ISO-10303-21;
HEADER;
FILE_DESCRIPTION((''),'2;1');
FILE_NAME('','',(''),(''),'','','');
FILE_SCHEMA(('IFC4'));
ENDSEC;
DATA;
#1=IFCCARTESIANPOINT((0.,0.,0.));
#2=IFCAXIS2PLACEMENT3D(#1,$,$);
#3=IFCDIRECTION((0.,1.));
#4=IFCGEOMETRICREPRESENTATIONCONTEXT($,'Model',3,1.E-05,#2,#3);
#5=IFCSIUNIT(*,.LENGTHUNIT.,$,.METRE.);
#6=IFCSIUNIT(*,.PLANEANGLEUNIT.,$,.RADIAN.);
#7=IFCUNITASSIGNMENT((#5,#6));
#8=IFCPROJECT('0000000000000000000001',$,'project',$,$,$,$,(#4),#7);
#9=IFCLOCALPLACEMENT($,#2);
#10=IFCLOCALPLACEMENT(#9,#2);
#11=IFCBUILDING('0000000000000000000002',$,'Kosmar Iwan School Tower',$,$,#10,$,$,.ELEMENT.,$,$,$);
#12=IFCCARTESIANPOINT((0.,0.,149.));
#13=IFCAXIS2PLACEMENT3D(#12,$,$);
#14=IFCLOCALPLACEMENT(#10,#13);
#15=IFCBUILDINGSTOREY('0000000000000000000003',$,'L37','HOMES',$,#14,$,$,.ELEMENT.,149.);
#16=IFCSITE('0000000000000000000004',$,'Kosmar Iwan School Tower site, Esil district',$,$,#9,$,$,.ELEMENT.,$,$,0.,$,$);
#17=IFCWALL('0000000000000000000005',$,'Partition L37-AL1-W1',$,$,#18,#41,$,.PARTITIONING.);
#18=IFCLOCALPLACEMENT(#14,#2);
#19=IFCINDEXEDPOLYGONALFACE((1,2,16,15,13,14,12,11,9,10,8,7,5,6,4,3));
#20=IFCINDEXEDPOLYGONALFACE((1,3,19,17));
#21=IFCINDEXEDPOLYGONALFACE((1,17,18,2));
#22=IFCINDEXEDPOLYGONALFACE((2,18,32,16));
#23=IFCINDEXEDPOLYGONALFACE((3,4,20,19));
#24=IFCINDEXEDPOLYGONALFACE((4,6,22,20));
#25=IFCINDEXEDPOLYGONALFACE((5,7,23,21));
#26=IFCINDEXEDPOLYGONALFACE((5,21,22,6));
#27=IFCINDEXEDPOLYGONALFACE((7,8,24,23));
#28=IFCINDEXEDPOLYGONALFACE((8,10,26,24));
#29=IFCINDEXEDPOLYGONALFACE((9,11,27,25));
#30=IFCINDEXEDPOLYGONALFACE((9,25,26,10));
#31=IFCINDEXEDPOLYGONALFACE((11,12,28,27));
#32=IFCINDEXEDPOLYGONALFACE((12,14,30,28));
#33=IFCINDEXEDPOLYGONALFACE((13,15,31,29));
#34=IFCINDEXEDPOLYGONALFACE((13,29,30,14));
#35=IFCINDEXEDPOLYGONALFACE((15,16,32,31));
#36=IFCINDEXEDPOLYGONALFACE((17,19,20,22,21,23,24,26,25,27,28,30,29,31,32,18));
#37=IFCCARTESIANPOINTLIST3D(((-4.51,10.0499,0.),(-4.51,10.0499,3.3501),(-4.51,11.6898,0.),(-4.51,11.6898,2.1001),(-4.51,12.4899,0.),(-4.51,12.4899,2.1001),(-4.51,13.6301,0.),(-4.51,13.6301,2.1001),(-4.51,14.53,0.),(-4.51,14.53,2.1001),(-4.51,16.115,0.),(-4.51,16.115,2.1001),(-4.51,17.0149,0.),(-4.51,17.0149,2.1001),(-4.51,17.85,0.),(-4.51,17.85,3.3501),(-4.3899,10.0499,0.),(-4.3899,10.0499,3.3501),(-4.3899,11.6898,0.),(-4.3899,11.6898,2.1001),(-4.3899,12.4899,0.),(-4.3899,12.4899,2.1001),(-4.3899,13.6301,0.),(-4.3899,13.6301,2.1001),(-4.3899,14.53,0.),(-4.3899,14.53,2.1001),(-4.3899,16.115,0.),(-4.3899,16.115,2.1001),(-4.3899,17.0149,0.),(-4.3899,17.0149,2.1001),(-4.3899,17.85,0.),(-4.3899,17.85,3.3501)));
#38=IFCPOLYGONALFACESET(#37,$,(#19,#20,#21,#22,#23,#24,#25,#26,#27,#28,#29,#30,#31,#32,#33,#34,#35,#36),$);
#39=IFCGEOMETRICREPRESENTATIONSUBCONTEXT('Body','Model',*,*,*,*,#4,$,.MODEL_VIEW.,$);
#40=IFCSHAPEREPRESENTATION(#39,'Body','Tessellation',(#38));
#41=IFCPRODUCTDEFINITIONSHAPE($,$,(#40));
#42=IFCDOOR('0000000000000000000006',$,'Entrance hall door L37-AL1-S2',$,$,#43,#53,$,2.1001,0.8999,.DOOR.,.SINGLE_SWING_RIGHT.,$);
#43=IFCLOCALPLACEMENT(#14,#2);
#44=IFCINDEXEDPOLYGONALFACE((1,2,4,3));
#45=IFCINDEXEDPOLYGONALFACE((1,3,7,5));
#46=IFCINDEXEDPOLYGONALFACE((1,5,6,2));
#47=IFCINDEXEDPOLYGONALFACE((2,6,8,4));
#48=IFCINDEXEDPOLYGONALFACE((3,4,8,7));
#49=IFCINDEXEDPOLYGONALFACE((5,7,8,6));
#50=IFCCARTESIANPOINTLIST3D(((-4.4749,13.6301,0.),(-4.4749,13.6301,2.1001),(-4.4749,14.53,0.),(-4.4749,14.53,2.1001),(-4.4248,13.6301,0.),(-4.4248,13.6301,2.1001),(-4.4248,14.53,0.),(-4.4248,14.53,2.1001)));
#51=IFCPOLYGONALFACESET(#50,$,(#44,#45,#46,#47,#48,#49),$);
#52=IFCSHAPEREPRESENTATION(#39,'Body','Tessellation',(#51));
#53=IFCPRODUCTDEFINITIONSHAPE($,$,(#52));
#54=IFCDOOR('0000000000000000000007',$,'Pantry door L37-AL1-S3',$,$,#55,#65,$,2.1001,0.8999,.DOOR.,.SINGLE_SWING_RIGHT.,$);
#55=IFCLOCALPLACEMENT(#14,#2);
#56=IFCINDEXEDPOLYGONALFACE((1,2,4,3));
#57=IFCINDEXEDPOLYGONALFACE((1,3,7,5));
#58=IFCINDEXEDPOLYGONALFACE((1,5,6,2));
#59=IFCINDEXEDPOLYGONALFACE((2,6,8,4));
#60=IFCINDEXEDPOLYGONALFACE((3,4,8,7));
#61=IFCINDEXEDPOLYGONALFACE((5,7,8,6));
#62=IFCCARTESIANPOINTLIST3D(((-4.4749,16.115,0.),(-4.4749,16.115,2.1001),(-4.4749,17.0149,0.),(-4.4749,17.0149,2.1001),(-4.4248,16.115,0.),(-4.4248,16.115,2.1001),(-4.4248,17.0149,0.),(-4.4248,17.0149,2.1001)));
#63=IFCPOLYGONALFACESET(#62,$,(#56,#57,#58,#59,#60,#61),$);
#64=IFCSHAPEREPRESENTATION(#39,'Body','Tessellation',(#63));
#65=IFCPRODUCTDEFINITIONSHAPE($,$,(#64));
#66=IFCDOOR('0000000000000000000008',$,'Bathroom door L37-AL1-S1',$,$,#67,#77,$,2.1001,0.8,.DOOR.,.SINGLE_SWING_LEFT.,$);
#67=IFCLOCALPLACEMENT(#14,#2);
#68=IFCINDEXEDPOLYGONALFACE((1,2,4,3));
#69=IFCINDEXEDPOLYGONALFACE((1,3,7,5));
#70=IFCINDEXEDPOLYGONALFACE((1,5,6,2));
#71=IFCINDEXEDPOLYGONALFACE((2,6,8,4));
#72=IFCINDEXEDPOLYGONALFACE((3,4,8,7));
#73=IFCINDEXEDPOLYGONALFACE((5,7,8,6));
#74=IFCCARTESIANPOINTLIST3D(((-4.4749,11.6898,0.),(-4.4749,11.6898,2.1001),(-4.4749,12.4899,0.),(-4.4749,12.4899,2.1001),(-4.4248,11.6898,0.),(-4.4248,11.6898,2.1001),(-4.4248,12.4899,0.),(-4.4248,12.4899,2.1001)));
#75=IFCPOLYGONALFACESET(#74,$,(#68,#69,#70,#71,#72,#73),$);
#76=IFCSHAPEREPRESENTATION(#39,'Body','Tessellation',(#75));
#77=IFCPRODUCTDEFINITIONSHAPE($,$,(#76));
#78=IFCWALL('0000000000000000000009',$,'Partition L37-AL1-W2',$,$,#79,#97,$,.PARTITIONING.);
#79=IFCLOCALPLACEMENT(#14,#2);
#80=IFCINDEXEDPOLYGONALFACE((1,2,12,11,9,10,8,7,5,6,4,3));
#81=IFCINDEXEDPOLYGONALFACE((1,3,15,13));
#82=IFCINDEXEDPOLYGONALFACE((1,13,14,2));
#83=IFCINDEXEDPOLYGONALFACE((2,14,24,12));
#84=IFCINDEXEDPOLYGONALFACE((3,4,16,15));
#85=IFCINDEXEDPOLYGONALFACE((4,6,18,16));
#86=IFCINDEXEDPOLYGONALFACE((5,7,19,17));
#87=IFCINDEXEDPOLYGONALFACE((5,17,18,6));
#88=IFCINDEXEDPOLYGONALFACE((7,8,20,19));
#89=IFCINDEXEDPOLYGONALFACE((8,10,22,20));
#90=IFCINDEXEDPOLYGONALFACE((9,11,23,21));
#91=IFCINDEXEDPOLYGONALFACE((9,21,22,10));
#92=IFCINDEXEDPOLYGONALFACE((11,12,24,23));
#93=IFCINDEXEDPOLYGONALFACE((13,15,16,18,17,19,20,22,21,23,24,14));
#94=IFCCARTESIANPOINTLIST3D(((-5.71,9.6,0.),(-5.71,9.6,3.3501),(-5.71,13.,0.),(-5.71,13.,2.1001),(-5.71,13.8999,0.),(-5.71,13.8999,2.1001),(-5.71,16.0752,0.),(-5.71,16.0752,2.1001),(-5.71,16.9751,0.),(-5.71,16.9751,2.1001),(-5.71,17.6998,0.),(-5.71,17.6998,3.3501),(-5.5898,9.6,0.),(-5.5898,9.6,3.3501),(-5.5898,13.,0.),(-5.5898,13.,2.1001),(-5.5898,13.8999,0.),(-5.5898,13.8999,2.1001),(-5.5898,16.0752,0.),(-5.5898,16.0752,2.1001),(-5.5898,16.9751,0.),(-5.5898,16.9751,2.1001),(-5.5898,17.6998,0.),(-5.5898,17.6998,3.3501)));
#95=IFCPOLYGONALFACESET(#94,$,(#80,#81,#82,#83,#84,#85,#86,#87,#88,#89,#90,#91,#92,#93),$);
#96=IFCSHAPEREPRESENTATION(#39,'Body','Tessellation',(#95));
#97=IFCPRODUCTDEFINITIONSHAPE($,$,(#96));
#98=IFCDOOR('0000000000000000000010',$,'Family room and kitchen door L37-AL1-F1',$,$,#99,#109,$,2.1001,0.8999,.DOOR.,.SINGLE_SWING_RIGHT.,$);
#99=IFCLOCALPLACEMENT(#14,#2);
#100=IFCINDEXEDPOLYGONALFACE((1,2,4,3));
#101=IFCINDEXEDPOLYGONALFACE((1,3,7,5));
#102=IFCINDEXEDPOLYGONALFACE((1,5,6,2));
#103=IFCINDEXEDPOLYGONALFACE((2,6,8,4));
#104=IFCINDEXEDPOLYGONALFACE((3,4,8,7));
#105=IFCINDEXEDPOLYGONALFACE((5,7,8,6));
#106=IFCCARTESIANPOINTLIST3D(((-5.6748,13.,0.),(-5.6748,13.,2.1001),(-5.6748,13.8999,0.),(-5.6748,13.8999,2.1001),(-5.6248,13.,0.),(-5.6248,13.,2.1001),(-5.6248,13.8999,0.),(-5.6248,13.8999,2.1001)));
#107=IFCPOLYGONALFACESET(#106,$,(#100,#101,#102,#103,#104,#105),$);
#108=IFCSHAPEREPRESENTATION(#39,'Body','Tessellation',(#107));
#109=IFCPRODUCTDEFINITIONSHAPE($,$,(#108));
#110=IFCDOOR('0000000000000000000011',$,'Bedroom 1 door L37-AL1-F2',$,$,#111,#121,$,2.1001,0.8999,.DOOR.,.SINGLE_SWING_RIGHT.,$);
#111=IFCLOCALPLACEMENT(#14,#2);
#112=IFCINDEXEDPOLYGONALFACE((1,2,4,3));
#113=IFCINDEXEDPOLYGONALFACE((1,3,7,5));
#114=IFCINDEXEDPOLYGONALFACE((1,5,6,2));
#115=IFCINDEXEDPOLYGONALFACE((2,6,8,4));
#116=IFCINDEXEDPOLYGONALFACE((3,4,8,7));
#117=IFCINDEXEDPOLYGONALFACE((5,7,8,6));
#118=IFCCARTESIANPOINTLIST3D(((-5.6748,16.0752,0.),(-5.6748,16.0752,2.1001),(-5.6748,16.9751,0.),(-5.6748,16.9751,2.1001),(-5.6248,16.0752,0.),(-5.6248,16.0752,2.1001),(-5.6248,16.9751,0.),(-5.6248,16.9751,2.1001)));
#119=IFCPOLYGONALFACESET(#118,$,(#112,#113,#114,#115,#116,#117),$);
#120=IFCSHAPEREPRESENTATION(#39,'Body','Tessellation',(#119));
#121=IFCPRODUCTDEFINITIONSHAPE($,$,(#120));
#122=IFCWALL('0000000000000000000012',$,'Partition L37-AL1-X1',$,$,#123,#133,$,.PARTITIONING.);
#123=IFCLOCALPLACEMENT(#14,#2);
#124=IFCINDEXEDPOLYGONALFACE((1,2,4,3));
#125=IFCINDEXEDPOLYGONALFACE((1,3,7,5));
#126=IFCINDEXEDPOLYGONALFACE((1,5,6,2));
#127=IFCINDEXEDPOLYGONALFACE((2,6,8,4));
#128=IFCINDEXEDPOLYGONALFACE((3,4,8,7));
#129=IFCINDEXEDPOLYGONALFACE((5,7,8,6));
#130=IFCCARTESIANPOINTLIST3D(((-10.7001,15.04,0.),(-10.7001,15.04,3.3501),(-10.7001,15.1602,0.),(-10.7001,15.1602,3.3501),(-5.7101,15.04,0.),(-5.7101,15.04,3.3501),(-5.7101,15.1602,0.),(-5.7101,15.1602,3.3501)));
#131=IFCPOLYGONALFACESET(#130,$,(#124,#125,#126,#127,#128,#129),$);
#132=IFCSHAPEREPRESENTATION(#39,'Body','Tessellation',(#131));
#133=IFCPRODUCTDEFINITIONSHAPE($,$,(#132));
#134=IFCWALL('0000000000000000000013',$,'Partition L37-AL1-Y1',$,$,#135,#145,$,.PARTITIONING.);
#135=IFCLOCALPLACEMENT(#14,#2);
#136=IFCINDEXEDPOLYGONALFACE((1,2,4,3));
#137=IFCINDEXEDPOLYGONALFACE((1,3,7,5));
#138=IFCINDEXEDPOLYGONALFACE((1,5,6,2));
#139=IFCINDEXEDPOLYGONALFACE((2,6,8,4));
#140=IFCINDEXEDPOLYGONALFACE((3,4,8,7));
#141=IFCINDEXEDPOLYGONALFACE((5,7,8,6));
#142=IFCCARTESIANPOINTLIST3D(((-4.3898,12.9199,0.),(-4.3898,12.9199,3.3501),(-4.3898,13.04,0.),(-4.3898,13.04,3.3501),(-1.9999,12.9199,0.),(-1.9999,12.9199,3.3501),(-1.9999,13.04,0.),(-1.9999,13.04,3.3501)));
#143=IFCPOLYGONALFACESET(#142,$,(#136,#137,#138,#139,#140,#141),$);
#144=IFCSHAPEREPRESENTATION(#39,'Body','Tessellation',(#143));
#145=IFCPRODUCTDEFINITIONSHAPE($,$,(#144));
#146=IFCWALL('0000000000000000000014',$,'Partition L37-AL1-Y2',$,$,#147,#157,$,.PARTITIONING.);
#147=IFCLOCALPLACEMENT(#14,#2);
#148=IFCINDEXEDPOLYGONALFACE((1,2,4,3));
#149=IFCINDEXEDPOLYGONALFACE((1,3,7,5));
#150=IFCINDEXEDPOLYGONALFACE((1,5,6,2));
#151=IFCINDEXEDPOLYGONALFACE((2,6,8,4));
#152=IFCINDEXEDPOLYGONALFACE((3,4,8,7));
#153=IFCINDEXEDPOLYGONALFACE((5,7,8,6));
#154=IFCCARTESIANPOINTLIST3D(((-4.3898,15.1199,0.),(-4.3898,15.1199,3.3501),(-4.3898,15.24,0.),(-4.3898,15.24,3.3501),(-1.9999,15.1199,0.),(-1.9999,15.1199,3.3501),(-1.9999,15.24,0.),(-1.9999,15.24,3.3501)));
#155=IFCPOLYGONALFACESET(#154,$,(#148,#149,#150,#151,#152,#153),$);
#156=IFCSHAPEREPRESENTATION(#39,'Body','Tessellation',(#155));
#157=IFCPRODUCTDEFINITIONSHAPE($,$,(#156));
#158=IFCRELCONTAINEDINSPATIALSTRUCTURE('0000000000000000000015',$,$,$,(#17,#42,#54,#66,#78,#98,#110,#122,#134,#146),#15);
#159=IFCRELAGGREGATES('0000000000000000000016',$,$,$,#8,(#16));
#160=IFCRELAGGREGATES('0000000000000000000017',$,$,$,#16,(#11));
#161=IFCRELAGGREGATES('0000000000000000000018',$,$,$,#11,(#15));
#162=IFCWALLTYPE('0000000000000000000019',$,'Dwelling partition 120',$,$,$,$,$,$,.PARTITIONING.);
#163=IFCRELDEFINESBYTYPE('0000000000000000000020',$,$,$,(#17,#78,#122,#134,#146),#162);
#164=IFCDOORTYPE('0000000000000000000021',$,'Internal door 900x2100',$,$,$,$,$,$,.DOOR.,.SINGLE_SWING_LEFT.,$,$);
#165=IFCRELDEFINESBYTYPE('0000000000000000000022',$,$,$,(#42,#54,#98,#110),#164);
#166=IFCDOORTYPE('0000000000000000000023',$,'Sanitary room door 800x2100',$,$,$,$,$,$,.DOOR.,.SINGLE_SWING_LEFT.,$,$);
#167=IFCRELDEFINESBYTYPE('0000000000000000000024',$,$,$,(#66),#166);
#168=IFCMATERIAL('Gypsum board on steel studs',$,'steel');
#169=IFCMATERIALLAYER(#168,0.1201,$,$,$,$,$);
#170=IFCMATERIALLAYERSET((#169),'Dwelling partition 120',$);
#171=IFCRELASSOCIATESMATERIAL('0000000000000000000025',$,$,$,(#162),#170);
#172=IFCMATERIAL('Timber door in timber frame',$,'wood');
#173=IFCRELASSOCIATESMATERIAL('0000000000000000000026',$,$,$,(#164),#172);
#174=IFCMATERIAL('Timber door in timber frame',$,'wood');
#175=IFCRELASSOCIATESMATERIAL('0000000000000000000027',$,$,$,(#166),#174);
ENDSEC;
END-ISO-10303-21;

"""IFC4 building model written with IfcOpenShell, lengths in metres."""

from ifc_helpers import new_model, si_unit, direction, frame, frame_2d, origin, place, context, subcontext, project, spatial, rectangle, extrude, material, layer, layer_set, type_object, element, fill, save


model = new_model("IFC4")

# Units and contexts
model_context = context("Model", 3, precision=1e-05, world=origin(), true_north=direction((0.0, 1.0)))
body_context = subcontext(model_context, "Body", "Model", "MODEL_VIEW")
ifc_project = project(units=[si_unit("LENGTHUNIT", "METRE"), si_unit("PLANEANGLEUNIT", "RADIAN")], contexts=[model_context])

# Site, building, storey
site_placement = place(None, origin())
site = spatial("IfcSite", under=ifc_project, at=site_placement, Name="Kosmar Iwan School Tower site, Esil district", CompositionType="ELEMENT", RefElevation=0.0)
building_placement = place(site_placement, origin())
building = spatial("IfcBuilding", under=site, at=building_placement, Name="Kosmar Iwan School Tower", CompositionType="ELEMENT")
storey_placement = place(building_placement, frame((0.0, 0.0, 149.0)))
storey = spatial("IfcBuildingStorey", under=building, at=storey_placement, Name="L37", Description="HOMES", CompositionType="ELEMENT", Elevation=149.0)

# Walls, openings, doors
ifc_material_1 = material(Name="Gypsum board on steel studs", Category="steel")
ifc_layer_1 = layer(ifc_material_1, 0.1201)
ifc_layer_set_1 = layer_set([ifc_layer_1], Name="Dwelling partition 120")
wall_type_1 = type_object("IfcWallType", Name="Dwelling partition 120", PredefinedType="PARTITIONING", material=ifc_layer_set_1)
wall_1_placement = place(storey_placement, frame((-4.45, 10.05, 0.0), z_axis=(0.0, 0.0, 1.0), x_axis=(0.0, 1.0, 0.0)))
wall_1 = element("IfcWall", 1, at=wall_1_placement, inside=storey, type_object=wall_type_1, Name="Partition L37-AL1-W1", PredefinedType="PARTITIONING", context=body_context, shape_type="SweptSolid", body=[
    extrude(rectangle(XDim=7.8, YDim=0.1201, at=frame_2d((3.8999, 0.0))), origin(), (0.0, 0.0, 1.0), 3.3501),
])
opening_1_placement = place(wall_1_placement, frame((1.6399, 0.0, 0.0)))
opening_1 = element("IfcOpeningElement", 2, at=opening_1_placement, cuts=wall_1, PredefinedType="OPENING", context=body_context, shape_type="SweptSolid", body=[
    extrude(rectangle(XDim=0.8, YDim=2.1001, at=frame_2d((0.3999, 1.05))), frame((0.0, 0.072, 0.0), z_axis=(0.0, -1.0, 0.0), x_axis=(1.0, 0.0, 0.0)), (0.0, 0.0, 1.0), 0.144),
])
opening_2_placement = place(wall_1_placement, frame((3.5801, 0.0, 0.0)))
opening_2 = element("IfcOpeningElement", 3, at=opening_2_placement, cuts=wall_1, PredefinedType="OPENING", context=body_context, shape_type="SweptSolid", body=[
    extrude(rectangle(XDim=0.8999, YDim=2.1001, at=frame_2d((0.45, 1.05))), frame((0.0, 0.072, 0.0), z_axis=(0.0, -1.0, 0.0), x_axis=(1.0, 0.0, 0.0)), (0.0, 0.0, 1.0), 0.144),
])
opening_3_placement = place(wall_1_placement, frame((6.0649, 0.0, 0.0)))
opening_3 = element("IfcOpeningElement", 4, at=opening_3_placement, cuts=wall_1, PredefinedType="OPENING", context=body_context, shape_type="SweptSolid", body=[
    extrude(rectangle(XDim=0.8999, YDim=2.1001, at=frame_2d((0.45, 1.05))), frame((0.0, 0.072, 0.0), z_axis=(0.0, -1.0, 0.0), x_axis=(1.0, 0.0, 0.0)), (0.0, 0.0, 1.0), 0.144),
])
ifc_material_2 = material(Name="Timber door in timber frame", Category="wood")
door_type_1 = type_object("IfcDoorType", Name="Internal door 900x2100", OperationType="SINGLE_SWING_LEFT", PredefinedType="DOOR", material=ifc_material_2)
door_1_placement = place(opening_2_placement, origin())
door_1 = element("IfcDoor", 5, at=door_1_placement, inside=storey, type_object=door_type_1, Name="Entrance hall door L37-AL1-S2", OperationType="SINGLE_SWING_RIGHT", OverallHeight=2.1001, OverallWidth=0.8999, PredefinedType="DOOR", context=body_context, shape_type="SweptSolid", body=[
    extrude(rectangle(XDim=0.8999, YDim=2.1001, at=frame_2d((0.45, 1.05))), frame((0.0, 0.0249, 0.0), z_axis=(0.0, -1.0, 0.0), x_axis=(1.0, 0.0, 0.0)), (0.0, 0.0, 1.0), 0.05),
])
fill(opening_2, door_1)
door_2_placement = place(opening_3_placement, origin())
door_2 = element("IfcDoor", 6, at=door_2_placement, inside=storey, type_object=door_type_1, Name="Pantry door L37-AL1-S3", OperationType="SINGLE_SWING_RIGHT", OverallHeight=2.1001, OverallWidth=0.8999, PredefinedType="DOOR", context=body_context, shape_type="SweptSolid", body=[
    extrude(rectangle(XDim=0.8999, YDim=2.1001, at=frame_2d((0.45, 1.05))), frame((0.0, 0.0249, 0.0), z_axis=(0.0, -1.0, 0.0), x_axis=(1.0, 0.0, 0.0)), (0.0, 0.0, 1.0), 0.05),
])
fill(opening_3, door_2)
ifc_material_3 = material(Name="Timber door in timber frame", Category="wood")
door_type_2 = type_object("IfcDoorType", Name="Sanitary room door 800x2100", OperationType="SINGLE_SWING_LEFT", PredefinedType="DOOR", material=ifc_material_3)
door_3_placement = place(opening_1_placement, origin())
door_3 = element("IfcDoor", 7, at=door_3_placement, inside=storey, type_object=door_type_2, Name="Bathroom door L37-AL1-S1", OperationType="SINGLE_SWING_LEFT", OverallHeight=2.1001, OverallWidth=0.8, PredefinedType="DOOR", context=body_context, shape_type="SweptSolid", body=[
    extrude(rectangle(XDim=0.8, YDim=2.1001, at=frame_2d((0.3999, 1.05))), frame((0.0, 0.0249, 0.0), z_axis=(0.0, -1.0, 0.0), x_axis=(1.0, 0.0, 0.0)), (0.0, 0.0, 1.0), 0.05),
])
fill(opening_1, door_3)
wall_2_placement = place(storey_placement, frame((-5.6499, 9.6001, 0.0), z_axis=(0.0, 0.0, 1.0), x_axis=(0.0, 1.0, 0.0)))
wall_2 = element("IfcWall", 8, at=wall_2_placement, inside=storey, type_object=wall_type_1, Name="Partition L37-AL1-W2", PredefinedType="PARTITIONING", context=body_context, shape_type="SweptSolid", body=[
    extrude(rectangle(XDim=8.0999, YDim=0.1201, at=frame_2d((4.0498, 0.0))), origin(), (0.0, 0.0, 1.0), 3.3501),
])
opening_4_placement = place(wall_2_placement, frame((3.3999, 0.0, 0.0)))
opening_4 = element("IfcOpeningElement", 9, at=opening_4_placement, cuts=wall_2, PredefinedType="OPENING", context=body_context, shape_type="SweptSolid", body=[
    extrude(rectangle(XDim=0.8999, YDim=2.1001, at=frame_2d((0.45, 1.05))), frame((0.0, 0.072, 0.0), z_axis=(0.0, -1.0, 0.0), x_axis=(1.0, 0.0, 0.0)), (0.0, 0.0, 1.0), 0.144),
])
opening_5_placement = place(wall_2_placement, frame((6.4751, 0.0, 0.0)))
opening_5 = element("IfcOpeningElement", 10, at=opening_5_placement, cuts=wall_2, PredefinedType="OPENING", context=body_context, shape_type="SweptSolid", body=[
    extrude(rectangle(XDim=0.8999, YDim=2.1001, at=frame_2d((0.45, 1.05))), frame((0.0, 0.072, 0.0), z_axis=(0.0, -1.0, 0.0), x_axis=(1.0, 0.0, 0.0)), (0.0, 0.0, 1.0), 0.144),
])
door_4_placement = place(opening_4_placement, origin())
door_4 = element("IfcDoor", 11, at=door_4_placement, inside=storey, type_object=door_type_1, Name="Family room and kitchen door L37-AL1-F1", OperationType="SINGLE_SWING_RIGHT", OverallHeight=2.1001, OverallWidth=0.8999, PredefinedType="DOOR", context=body_context, shape_type="SweptSolid", body=[
    extrude(rectangle(XDim=0.8999, YDim=2.1001, at=frame_2d((0.45, 1.05))), frame((0.0, 0.0249, 0.0), z_axis=(0.0, -1.0, 0.0), x_axis=(1.0, 0.0, 0.0)), (0.0, 0.0, 1.0), 0.05),
])
fill(opening_4, door_4)
door_5_placement = place(opening_5_placement, origin())
door_5 = element("IfcDoor", 12, at=door_5_placement, inside=storey, type_object=door_type_1, Name="Bedroom 1 door L37-AL1-F2", OperationType="SINGLE_SWING_RIGHT", OverallHeight=2.1001, OverallWidth=0.8999, PredefinedType="DOOR", context=body_context, shape_type="SweptSolid", body=[
    extrude(rectangle(XDim=0.8999, YDim=2.1001, at=frame_2d((0.45, 1.05))), frame((0.0, 0.0249, 0.0), z_axis=(0.0, -1.0, 0.0), x_axis=(1.0, 0.0, 0.0)), (0.0, 0.0, 1.0), 0.05),
])
fill(opening_5, door_5)

# Walls
wall_3_placement = place(storey_placement, frame((-5.71, 15.1001, 0.0), z_axis=(0.0, 0.0, 1.0), x_axis=(-1.0, 0.0, 0.0)))
element("IfcWall", 13, at=wall_3_placement, inside=storey, type_object=wall_type_1, Name="Partition L37-AL1-X1", PredefinedType="PARTITIONING", context=body_context, shape_type="SweptSolid", body=[
    extrude(rectangle(XDim=4.99, YDim=0.1201, at=frame_2d((2.4951, 0.0))), origin(), (0.0, 0.0, 1.0), 3.3501),
])
for number, where, z_axis, x_axis, name in (
    (14, (-2.0, 12.98, 0.0), (0.0, 0.0, 1.0), (-1.0, 0.0, 0.0), "Partition L37-AL1-Y1"),
    (15, (-2.0, 15.1799, 0.0), (0.0, 0.0, 1.0), (-1.0, 0.0, 0.0), "Partition L37-AL1-Y2"),
):
    element("IfcWall", number, at=place(storey_placement, frame(where, z_axis=z_axis, x_axis=x_axis)), inside=storey, type_object=wall_type_1, Name=name, PredefinedType="PARTITIONING", context=body_context, shape_type="SweptSolid", body=[
        extrude(rectangle(XDim=2.3899, YDim=0.1201, at=frame_2d((1.1948, 0.0))), origin(), (0.0, 0.0, 1.0), 3.3501),
    ])

save(model, "model.ifc")
